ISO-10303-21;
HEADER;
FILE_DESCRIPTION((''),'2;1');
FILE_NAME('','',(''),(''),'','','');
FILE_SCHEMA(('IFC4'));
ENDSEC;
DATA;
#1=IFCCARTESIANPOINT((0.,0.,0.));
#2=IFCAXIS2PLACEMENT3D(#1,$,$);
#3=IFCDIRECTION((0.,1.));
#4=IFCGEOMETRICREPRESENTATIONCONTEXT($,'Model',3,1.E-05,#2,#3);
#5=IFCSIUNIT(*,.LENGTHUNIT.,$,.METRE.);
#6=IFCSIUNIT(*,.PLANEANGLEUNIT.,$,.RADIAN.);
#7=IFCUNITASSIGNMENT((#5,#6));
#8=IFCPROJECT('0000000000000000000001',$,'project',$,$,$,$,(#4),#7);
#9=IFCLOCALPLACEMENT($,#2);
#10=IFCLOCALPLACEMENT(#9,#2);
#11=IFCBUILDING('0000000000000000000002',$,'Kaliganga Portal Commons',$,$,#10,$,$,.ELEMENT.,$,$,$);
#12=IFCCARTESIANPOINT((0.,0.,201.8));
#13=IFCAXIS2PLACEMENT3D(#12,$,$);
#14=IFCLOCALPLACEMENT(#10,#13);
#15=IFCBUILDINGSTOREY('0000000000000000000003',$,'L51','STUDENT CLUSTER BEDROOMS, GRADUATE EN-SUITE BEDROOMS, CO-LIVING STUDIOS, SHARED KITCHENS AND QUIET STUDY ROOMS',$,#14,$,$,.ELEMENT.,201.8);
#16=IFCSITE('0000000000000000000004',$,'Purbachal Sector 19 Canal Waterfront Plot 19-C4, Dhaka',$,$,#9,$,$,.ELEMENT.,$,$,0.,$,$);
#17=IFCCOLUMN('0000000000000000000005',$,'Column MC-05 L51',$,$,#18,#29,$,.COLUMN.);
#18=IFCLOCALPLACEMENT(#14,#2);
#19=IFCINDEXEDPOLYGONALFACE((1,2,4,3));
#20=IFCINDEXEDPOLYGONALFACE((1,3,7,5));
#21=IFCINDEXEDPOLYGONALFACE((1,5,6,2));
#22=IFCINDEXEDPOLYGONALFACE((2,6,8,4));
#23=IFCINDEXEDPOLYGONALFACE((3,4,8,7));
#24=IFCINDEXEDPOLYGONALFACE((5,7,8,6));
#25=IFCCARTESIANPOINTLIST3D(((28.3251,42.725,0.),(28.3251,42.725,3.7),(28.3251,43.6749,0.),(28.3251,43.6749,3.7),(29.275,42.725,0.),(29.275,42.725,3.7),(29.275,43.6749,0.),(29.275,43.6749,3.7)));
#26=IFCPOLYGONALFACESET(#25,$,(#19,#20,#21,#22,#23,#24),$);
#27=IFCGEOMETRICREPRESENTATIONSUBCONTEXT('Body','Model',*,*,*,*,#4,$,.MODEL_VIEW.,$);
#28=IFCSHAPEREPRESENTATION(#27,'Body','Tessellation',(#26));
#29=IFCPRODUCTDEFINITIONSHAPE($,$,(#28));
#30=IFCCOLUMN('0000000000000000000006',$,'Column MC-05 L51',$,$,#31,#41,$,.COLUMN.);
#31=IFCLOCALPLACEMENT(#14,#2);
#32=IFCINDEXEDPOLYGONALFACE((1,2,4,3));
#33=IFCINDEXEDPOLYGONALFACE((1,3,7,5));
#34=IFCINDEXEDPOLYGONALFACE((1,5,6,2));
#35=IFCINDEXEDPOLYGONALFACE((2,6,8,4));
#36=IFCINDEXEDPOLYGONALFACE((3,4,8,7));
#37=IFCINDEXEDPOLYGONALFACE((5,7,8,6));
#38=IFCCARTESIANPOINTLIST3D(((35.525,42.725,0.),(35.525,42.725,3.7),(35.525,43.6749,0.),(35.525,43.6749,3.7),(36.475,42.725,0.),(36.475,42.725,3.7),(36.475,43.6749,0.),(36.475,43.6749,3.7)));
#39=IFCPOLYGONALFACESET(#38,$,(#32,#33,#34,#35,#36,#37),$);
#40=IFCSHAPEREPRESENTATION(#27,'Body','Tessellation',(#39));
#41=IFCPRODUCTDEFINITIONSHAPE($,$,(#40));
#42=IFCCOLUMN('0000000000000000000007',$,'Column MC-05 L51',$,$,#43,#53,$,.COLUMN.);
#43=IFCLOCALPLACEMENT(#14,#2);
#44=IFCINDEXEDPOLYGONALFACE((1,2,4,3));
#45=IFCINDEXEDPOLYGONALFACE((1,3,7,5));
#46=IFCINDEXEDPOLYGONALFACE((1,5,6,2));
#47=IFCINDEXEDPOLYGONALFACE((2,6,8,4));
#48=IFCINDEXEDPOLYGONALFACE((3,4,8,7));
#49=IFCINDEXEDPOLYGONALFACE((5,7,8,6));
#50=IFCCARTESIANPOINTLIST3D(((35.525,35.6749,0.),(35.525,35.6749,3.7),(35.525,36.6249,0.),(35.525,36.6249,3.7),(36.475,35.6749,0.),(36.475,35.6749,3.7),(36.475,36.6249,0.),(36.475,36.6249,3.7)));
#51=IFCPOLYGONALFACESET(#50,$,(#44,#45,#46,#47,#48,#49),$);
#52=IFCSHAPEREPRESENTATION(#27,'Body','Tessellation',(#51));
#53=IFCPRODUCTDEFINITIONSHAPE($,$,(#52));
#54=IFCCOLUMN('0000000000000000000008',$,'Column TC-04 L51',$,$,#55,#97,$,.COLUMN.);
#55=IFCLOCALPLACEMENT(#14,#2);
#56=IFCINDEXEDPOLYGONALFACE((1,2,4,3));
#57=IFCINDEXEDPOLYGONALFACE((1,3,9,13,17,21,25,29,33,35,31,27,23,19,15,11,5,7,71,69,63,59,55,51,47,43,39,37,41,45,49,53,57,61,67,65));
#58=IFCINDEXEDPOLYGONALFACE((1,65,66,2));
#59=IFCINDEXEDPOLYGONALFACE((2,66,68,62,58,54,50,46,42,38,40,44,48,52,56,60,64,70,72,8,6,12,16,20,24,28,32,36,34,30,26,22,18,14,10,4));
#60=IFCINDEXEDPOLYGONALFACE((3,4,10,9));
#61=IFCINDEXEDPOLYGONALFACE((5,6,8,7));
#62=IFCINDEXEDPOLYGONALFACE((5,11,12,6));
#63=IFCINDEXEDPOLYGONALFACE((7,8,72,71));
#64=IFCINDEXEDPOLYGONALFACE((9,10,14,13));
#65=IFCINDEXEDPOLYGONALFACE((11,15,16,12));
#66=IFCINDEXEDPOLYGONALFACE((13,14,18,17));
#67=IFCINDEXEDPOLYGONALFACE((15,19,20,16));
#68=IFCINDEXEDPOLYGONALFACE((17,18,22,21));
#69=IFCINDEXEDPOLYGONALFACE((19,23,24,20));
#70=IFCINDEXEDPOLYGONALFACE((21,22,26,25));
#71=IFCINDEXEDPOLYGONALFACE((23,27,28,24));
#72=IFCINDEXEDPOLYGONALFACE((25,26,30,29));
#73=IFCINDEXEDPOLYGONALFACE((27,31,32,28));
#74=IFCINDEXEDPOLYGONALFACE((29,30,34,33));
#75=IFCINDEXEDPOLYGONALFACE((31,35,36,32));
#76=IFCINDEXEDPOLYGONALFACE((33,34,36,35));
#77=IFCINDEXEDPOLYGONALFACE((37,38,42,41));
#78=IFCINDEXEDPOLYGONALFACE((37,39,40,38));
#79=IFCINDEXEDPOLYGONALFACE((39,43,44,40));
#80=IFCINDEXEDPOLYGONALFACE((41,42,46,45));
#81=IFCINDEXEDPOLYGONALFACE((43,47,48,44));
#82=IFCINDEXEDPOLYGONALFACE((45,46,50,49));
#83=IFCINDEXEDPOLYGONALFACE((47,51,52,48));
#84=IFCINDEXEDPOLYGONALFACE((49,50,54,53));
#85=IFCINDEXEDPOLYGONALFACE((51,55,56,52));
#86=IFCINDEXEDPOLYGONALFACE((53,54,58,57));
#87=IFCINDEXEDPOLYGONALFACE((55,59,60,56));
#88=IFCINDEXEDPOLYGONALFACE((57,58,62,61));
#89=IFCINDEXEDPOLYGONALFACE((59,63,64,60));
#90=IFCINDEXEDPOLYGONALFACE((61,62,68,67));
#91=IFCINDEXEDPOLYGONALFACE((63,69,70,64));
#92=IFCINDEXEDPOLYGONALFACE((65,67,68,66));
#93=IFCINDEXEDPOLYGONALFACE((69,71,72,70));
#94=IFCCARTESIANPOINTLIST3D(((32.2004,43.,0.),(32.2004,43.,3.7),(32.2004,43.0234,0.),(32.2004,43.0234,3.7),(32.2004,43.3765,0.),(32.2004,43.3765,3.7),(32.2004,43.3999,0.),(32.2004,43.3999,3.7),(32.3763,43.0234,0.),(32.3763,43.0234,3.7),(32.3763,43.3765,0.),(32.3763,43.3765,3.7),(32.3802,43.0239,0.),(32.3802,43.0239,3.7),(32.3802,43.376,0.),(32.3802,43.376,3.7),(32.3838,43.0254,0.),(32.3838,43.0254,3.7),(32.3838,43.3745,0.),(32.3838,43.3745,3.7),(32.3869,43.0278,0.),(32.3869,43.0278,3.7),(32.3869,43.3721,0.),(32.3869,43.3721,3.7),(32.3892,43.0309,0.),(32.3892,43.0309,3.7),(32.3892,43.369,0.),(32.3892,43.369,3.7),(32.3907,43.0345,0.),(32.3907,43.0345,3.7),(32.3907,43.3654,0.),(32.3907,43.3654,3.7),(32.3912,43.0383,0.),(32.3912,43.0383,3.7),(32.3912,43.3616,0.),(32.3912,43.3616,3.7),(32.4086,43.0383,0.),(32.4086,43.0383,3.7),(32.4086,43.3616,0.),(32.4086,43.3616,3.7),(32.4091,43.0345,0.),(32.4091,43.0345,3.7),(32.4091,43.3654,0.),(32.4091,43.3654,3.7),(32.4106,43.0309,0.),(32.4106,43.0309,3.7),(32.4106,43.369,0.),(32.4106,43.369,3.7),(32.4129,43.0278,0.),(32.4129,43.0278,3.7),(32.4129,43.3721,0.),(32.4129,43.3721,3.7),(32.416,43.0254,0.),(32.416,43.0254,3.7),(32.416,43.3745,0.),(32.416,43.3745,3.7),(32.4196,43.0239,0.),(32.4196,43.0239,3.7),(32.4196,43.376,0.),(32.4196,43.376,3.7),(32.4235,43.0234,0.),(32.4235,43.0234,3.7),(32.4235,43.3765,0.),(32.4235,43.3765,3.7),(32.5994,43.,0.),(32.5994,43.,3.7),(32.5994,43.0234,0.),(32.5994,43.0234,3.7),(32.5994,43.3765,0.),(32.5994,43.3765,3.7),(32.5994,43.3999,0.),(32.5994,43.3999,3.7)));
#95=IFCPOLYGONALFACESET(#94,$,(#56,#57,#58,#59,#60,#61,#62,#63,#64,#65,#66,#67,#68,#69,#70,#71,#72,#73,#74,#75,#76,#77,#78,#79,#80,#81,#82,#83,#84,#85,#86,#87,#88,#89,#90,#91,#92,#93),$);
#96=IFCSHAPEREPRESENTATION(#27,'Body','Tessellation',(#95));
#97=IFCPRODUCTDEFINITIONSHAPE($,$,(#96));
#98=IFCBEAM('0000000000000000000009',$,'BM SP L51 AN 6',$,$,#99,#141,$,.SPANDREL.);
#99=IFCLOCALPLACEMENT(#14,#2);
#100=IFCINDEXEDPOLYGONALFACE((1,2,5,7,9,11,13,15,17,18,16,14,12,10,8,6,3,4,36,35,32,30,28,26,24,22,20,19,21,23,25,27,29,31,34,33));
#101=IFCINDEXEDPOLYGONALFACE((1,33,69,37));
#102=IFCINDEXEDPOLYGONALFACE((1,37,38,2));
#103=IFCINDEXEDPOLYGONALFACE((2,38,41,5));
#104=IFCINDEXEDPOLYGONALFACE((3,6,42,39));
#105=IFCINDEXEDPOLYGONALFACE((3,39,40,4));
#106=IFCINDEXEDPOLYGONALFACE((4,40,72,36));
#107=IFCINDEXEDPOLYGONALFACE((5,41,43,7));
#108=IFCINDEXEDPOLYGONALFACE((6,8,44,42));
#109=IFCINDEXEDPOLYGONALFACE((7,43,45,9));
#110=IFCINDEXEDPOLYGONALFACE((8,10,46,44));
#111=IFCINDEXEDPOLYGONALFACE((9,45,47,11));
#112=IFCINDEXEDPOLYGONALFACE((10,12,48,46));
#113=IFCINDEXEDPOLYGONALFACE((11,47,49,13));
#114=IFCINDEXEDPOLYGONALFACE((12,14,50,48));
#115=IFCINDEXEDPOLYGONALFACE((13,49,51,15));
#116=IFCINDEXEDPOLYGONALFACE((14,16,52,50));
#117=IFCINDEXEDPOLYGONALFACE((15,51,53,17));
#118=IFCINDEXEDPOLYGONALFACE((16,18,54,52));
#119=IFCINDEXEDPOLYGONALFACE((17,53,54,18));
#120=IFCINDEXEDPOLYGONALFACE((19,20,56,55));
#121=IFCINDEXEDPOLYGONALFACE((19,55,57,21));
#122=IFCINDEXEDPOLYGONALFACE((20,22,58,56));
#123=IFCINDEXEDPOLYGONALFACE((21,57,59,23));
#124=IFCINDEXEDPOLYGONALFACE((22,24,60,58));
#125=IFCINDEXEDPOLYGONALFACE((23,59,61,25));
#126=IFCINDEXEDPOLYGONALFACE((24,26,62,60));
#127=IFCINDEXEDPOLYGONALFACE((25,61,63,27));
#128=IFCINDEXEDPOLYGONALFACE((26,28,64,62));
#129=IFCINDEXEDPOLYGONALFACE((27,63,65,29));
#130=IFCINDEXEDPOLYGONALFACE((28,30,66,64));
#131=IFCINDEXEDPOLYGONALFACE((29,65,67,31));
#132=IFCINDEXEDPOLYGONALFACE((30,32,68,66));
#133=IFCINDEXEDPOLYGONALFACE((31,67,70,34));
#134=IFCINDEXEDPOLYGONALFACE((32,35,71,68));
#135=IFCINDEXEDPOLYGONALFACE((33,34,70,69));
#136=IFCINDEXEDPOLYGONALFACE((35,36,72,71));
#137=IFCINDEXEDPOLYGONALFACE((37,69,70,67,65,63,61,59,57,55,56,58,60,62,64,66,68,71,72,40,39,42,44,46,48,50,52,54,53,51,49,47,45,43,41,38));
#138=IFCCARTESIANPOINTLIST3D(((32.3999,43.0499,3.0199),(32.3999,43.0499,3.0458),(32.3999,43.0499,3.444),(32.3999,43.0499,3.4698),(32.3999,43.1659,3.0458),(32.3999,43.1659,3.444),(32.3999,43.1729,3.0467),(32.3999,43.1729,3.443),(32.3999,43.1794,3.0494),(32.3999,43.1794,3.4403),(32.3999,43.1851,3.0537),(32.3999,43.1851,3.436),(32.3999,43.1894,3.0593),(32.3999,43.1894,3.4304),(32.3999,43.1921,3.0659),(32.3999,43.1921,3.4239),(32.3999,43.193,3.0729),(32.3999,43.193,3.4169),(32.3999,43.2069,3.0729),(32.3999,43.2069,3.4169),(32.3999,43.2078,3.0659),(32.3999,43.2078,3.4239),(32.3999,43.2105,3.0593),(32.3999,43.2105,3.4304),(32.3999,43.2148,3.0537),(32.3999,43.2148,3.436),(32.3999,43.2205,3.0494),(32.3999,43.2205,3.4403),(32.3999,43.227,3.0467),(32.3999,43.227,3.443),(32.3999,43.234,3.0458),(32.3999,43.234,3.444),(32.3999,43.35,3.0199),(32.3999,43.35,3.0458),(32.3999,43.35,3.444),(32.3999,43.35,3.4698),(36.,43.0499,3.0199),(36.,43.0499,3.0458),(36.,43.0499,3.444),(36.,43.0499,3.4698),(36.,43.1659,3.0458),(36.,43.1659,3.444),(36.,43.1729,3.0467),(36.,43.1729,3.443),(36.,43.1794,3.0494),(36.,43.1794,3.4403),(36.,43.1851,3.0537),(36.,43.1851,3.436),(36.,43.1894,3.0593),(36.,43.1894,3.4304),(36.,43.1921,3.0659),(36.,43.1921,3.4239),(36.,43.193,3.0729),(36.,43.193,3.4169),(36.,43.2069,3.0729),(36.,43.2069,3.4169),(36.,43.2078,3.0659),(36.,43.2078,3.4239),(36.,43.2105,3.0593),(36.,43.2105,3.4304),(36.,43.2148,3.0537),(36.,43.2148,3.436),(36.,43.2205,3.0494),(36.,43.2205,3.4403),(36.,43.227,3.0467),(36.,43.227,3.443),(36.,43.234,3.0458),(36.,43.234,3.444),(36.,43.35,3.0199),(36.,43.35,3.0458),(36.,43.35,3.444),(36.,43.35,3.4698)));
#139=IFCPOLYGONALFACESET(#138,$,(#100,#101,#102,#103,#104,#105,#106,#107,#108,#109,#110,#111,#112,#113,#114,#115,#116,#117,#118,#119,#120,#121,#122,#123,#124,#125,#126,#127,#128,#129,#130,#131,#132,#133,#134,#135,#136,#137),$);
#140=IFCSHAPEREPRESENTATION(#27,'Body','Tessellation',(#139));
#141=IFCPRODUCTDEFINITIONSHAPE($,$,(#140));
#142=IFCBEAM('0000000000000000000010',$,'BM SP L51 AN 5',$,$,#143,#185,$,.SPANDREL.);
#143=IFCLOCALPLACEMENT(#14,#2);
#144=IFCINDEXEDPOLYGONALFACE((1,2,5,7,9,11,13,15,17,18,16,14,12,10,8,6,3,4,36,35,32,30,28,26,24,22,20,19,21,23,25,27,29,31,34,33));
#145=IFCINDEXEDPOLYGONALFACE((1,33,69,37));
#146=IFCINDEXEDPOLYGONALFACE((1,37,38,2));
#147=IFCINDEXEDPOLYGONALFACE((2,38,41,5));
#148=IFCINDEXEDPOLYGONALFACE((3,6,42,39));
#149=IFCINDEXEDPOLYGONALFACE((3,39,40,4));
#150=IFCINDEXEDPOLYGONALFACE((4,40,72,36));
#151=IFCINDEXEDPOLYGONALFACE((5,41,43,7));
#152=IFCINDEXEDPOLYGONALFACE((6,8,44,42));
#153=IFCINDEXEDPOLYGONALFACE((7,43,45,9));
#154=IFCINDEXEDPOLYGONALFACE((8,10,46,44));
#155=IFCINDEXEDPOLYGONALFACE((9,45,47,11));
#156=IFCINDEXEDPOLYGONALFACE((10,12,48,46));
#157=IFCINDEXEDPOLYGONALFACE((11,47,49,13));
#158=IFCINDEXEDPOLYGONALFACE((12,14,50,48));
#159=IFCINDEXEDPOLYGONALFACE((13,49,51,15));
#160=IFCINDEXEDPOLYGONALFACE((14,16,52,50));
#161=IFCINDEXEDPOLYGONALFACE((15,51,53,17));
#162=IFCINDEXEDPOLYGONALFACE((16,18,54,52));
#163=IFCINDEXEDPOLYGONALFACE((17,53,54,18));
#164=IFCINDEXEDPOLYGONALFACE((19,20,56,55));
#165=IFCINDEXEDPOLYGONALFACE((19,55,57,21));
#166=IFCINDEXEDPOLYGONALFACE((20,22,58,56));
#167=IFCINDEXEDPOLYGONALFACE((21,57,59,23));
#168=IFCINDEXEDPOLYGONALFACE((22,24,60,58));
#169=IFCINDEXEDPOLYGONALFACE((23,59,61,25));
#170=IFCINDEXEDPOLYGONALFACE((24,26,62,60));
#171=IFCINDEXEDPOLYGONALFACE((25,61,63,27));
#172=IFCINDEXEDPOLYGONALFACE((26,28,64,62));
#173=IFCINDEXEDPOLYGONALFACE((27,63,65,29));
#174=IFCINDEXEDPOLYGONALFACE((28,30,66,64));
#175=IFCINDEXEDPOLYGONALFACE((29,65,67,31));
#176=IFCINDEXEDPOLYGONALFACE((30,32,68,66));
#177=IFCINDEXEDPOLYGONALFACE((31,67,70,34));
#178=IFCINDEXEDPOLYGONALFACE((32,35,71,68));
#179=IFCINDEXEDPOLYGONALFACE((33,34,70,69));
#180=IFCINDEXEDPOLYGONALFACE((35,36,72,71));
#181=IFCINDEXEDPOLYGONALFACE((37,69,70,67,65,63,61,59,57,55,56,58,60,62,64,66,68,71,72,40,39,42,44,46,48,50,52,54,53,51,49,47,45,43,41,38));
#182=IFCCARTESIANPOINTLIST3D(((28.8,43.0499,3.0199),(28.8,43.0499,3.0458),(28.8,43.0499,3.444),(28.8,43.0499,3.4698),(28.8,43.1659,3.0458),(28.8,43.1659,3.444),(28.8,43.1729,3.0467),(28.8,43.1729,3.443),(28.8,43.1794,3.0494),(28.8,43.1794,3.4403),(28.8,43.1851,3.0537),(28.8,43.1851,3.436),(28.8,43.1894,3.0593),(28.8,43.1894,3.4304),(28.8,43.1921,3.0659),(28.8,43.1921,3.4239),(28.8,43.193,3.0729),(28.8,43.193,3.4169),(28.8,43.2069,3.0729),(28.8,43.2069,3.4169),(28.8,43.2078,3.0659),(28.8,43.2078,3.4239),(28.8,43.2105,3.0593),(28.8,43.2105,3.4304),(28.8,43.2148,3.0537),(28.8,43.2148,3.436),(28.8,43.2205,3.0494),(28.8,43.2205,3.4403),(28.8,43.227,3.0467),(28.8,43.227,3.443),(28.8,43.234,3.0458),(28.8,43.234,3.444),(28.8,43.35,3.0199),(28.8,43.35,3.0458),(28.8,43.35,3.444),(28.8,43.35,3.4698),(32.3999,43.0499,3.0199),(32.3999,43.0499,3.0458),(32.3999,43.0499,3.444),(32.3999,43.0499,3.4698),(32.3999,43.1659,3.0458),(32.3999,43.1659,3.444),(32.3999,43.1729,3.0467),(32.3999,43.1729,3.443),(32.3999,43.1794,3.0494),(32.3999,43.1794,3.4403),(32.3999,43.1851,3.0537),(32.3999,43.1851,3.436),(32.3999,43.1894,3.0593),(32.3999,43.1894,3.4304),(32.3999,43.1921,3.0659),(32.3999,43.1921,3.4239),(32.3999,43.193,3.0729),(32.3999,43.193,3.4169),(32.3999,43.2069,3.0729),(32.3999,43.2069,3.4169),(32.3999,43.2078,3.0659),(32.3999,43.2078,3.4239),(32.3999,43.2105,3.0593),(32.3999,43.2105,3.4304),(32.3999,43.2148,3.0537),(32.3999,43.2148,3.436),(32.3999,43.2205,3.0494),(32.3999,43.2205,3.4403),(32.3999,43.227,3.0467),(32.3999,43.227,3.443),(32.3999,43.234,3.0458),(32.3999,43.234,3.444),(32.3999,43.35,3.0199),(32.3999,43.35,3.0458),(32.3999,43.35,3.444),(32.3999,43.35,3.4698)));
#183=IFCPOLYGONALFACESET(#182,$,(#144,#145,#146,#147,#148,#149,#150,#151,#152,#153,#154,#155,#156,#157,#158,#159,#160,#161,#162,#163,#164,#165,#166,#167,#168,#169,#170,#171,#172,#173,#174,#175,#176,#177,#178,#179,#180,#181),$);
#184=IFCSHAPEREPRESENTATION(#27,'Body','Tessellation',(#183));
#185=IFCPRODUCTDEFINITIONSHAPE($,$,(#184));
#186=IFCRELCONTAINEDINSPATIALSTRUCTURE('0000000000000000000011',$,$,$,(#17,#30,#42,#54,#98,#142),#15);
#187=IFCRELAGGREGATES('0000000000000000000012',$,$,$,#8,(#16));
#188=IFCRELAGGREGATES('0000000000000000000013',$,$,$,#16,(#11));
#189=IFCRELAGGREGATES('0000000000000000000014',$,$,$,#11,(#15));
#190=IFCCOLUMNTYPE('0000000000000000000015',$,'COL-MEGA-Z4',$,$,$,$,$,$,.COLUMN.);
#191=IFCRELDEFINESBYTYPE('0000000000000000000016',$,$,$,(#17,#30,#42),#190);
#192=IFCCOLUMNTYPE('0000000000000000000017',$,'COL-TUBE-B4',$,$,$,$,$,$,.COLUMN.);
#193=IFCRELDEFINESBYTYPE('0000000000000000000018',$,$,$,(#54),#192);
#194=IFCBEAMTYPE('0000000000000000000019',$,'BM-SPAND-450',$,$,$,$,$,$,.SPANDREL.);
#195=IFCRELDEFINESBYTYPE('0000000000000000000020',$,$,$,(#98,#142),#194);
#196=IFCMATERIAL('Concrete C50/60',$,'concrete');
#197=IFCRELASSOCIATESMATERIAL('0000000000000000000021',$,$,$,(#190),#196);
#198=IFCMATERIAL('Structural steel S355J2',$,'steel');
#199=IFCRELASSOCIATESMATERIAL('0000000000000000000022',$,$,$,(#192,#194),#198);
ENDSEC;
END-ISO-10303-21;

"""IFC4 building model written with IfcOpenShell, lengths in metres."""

from ifc_helpers import new_model, si_unit, direction, frame, origin, origin_2d, place, context, subcontext, project, spatial, rectangle, i_section, extrude, source, transform, mapped, material, material_profile, profile_set, type_object, element, save


model = new_model("IFC4")

# Units and contexts
model_context = context("Model", 3, precision=1e-05, world=origin(), true_north=direction((0.0, 1.0)))
body_context = subcontext(model_context, "Body", "Model", "MODEL_VIEW")
ifc_project = project(units=[si_unit("LENGTHUNIT", "METRE"), si_unit("PLANEANGLEUNIT", "RADIAN")], contexts=[model_context])

# Site, building, storey
site_placement = place(None, origin())
site = spatial("IfcSite", under=ifc_project, at=site_placement, Name="Purbachal Sector 19 Canal Waterfront Plot 19-C4, Dhaka", CompositionType="ELEMENT", RefElevation=0.0)
building_placement = place(site_placement, origin())
building = spatial("IfcBuilding", under=site, at=building_placement, Name="Kaliganga Portal Commons", CompositionType="ELEMENT")
storey_placement = place(building_placement, frame((0.0, 0.0, 201.8)))
storey = spatial("IfcBuildingStorey", under=building, at=storey_placement, Name="L51", Description="STUDENT CLUSTER BEDROOMS, GRADUATE EN-SUITE BEDROOMS, CO-LIVING STUDIOS, SHARED KITCHENS AND QUIET STUDY ROOMS", CompositionType="ELEMENT", Elevation=201.8)

# Columns
ifc_material_1 = material(Name="Concrete C50/60", Category="concrete")
ifc_material_profile_1 = material_profile(ifc_material_1, rectangle(XDim=0.95, YDim=0.95, at=origin_2d()), Name="RC 950x950")
ifc_profile_set_1 = profile_set([ifc_material_profile_1], Name="Concrete C50/60")
column_type_1 = type_object("IfcColumnType", Name="COL-MEGA-Z4", PredefinedType="COLUMN", material=ifc_profile_set_1)
shared_shape_1 = source(origin(), body_context, "Body", "SweptSolid", [
    extrude(rectangle(XDim=0.95, YDim=0.95, at=origin_2d()), origin(), (0.0, 0.0, 1.0), 3.7),
])
for number, where, z_axis, x_axis, name in (
    (1, (28.8, 43.2, 0.0), (0.0, 0.0, 1.0), (1.0, 0.0, 0.0), "Column MC-05 L51"),
    (2, (36.0, 43.2, 0.0), (0.0, 0.0, 1.0), (1.0, 0.0, 0.0), "Column MC-05 L51"),
    (3, (36.0, 36.1499, 0.0), (0.0, 0.0, 1.0), (1.0, 0.0, 0.0), "Column MC-05 L51"),
):
    element("IfcColumn", number, at=place(storey_placement, frame(where, z_axis=z_axis, x_axis=x_axis)), inside=storey, type_object=column_type_1, Name=name, PredefinedType="COLUMN", context=body_context, shape_type="MappedRepresentation", body=[
        mapped(shared_shape_1, transform((0.0, 0.0, 0.0), x_axis=(1.0, 0.0, 0.0), y_axis=(0.0, 1.0, 0.0), z_axis=(0.0, 0.0, 1.0), scale=1.0)),
    ])
ifc_material_2 = material(Name="Structural steel S355J2", Category="steel")
ifc_material_profile_2 = material_profile(ifc_material_2, i_section(OverallWidth=0.3989, OverallDepth=0.3999, WebThickness=0.0173, FlangeThickness=0.0234, FilletRadius=0.0149, at=origin_2d()), Name="HD 400x287")
ifc_profile_set_2 = profile_set([ifc_material_profile_2], Name="Structural steel S355J2 wide-flange")
column_type_2 = type_object("IfcColumnType", Name="COL-TUBE-B4", PredefinedType="COLUMN", material=ifc_profile_set_2)
shared_shape_2 = source(origin(), body_context, "Body", "SweptSolid", [
    extrude(i_section(OverallWidth=0.3989, OverallDepth=0.3999, WebThickness=0.0173, FlangeThickness=0.0234, FilletRadius=0.0149, at=origin_2d()), origin(), (0.0, 0.0, 1.0), 3.7),
])
column_placement = place(storey_placement, frame((32.3999, 43.2, 0.0), z_axis=(0.0, 0.0, 1.0), x_axis=(1.0, 0.0, 0.0)))
element("IfcColumn", 4, at=column_placement, inside=storey, type_object=column_type_2, Name="Column TC-04 L51", PredefinedType="COLUMN", context=body_context, shape_type="MappedRepresentation", body=[
    mapped(shared_shape_2, transform((0.0, 0.0, 0.0), x_axis=(1.0, 0.0, 0.0), y_axis=(0.0, 1.0, 0.0), z_axis=(0.0, 0.0, 1.0), scale=1.0)),
])

# Beams
ifc_material_profile_3 = material_profile(ifc_material_2, i_section(OverallWidth=0.3, OverallDepth=0.45, WebThickness=0.0139, FlangeThickness=0.0259, FilletRadius=0.0271, at=origin_2d()), Name="HE 450 B")
ifc_profile_set_3 = profile_set([ifc_material_profile_3], Name="Structural steel S355J2 wide-flange")
beam_type_1 = type_object("IfcBeamType", Name="BM-SPAND-450", PredefinedType="SPANDREL", material=ifc_profile_set_3)
shared_shape_3 = source(origin(), body_context, "Body", "SweptSolid", [
    extrude(i_section(OverallWidth=0.3, OverallDepth=0.45, WebThickness=0.0139, FlangeThickness=0.0259, FilletRadius=0.0271, at=origin_2d()), origin(), (0.0, 0.0, 1.0), 3.6001),
])
beam_1_placement = place(storey_placement, frame((32.3999, 43.2, 3.2449), z_axis=(1.0, 0.0, 0.0), x_axis=(0.0, 1.0, 0.0)))
element("IfcBeam", 5, at=beam_1_placement, inside=storey, type_object=beam_type_1, Name="BM SP L51 AN 6", PredefinedType="SPANDREL", context=body_context, shape_type="MappedRepresentation", body=[
    mapped(shared_shape_3, transform((0.0, 0.0, 0.0), x_axis=(1.0, 0.0, 0.0), y_axis=(0.0, 1.0, 0.0), z_axis=(0.0, 0.0, 1.0), scale=1.0)),
])
shared_shape_4 = source(origin(), body_context, "Body", "SweptSolid", [
    extrude(i_section(OverallWidth=0.3, OverallDepth=0.45, WebThickness=0.0139, FlangeThickness=0.0259, FilletRadius=0.0271, at=origin_2d()), origin(), (0.0, 0.0, 1.0), 3.5999),
])
beam_2_placement = place(storey_placement, frame((28.8, 43.2, 3.2449), z_axis=(1.0, 0.0, 0.0), x_axis=(0.0, 1.0, 0.0)))
element("IfcBeam", 6, at=beam_2_placement, inside=storey, type_object=beam_type_1, Name="BM SP L51 AN 5", PredefinedType="SPANDREL", context=body_context, shape_type="MappedRepresentation", body=[
    mapped(shared_shape_4, transform((0.0, 0.0, 0.0), x_axis=(1.0, 0.0, 0.0), y_axis=(0.0, 1.0, 0.0), z_axis=(0.0, 0.0, 1.0), scale=1.0)),
])

save(model, "model.ifc")
